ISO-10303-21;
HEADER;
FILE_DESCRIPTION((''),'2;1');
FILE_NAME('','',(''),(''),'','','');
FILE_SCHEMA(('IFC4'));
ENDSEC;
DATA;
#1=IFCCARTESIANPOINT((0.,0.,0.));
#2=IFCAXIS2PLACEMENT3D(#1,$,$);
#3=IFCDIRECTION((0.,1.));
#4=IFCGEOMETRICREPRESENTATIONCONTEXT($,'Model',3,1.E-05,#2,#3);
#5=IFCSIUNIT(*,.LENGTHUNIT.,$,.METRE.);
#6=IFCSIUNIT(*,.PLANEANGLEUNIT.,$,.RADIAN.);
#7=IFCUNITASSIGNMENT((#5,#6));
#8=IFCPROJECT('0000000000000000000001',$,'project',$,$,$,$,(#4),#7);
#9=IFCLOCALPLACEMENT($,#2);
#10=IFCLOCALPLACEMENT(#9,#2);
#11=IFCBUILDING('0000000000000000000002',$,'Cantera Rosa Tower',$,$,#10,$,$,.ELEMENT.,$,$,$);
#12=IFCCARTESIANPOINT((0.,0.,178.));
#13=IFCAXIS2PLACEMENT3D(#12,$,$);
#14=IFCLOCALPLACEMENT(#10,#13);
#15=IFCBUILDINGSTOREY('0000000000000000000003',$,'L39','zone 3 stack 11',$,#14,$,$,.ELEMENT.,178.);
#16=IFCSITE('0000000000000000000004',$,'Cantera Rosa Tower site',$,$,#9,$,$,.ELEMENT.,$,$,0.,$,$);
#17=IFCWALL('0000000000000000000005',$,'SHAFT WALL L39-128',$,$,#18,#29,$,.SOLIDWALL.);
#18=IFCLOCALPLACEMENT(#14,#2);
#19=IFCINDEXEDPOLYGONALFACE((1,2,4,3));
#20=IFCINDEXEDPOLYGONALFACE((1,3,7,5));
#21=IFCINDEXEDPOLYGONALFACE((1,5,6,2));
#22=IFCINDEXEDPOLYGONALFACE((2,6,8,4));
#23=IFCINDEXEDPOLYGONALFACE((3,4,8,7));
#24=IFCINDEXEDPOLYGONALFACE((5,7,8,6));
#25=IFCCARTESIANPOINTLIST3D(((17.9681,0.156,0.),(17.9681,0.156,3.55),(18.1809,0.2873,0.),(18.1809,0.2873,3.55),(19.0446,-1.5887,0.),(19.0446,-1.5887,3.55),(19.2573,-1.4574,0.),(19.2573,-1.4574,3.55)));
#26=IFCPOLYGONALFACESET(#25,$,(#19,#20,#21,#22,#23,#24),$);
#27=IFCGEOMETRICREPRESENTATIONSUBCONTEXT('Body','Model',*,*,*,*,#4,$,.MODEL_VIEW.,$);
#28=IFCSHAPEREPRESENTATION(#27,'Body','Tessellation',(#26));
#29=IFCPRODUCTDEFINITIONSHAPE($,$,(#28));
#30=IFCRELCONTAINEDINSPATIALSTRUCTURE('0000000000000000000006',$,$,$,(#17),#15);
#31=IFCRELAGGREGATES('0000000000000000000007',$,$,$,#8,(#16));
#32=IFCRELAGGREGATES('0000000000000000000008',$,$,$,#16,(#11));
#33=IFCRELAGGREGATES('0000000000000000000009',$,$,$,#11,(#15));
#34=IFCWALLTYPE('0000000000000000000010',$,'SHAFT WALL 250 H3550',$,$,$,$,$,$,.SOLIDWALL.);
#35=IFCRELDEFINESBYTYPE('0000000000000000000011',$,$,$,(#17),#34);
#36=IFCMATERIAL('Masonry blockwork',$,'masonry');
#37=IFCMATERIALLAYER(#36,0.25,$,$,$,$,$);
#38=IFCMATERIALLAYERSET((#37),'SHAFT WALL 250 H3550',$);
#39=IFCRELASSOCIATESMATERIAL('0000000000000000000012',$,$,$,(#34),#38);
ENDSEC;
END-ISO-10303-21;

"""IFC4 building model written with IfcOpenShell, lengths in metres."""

from ifc_helpers import new_model, si_unit, direction, frame, frame_2d, origin, place, context, subcontext, project, spatial, rectangle, extrude, material, layer, layer_set, type_object, element, save


model = new_model("IFC4")

# Units and contexts
model_context = context("Model", 3, precision=1e-05, world=origin(), true_north=direction((0.0, 1.0)))
body_context = subcontext(model_context, "Body", "Model", "MODEL_VIEW")
ifc_project = project(units=[si_unit("LENGTHUNIT", "METRE"), si_unit("PLANEANGLEUNIT", "RADIAN")], contexts=[model_context])

# Site, building, storey
site_placement = place(None, origin())
site = spatial("IfcSite", under=ifc_project, at=site_placement, Name="Cantera Rosa Tower site", CompositionType="ELEMENT", RefElevation=0.0)
building_placement = place(site_placement, origin())
building = spatial("IfcBuilding", under=site, at=building_placement, Name="Cantera Rosa Tower", CompositionType="ELEMENT")
storey_placement = place(building_placement, frame((0.0, 0.0, 178.0)))
storey = spatial("IfcBuildingStorey", under=building, at=storey_placement, Name="L39", Description="zone 3 stack 11", CompositionType="ELEMENT", Elevation=178.0)

# Wall
ifc_material_1 = material(Name="Masonry blockwork", Category="masonry")
ifc_layer_1 = layer(ifc_material_1, 0.25)
ifc_layer_set_1 = layer_set([ifc_layer_1], Name="SHAFT WALL 250 H3550")
wall_type_1 = type_object("IfcWallType", Name="SHAFT WALL 250 H3550", PredefinedType="SOLIDWALL", material=ifc_layer_set_1)
wall_1_placement = place(storey_placement, frame((19.1509, -1.5229, 0.0), z_axis=(0.0, 0.0, 1.0), x_axis=(-0.525087, 0.851048, 0.0)))
element("IfcWall", 1, at=wall_1_placement, inside=storey, type_object=wall_type_1, Name="SHAFT WALL L39-128", PredefinedType="SOLIDWALL", context=body_context, shape_type="SweptSolid", body=[
    extrude(rectangle(XDim=2.05, YDim=0.25, at=frame_2d((1.0249, 0.0))), origin(), (0.0, 0.0, 1.0), 3.55),
])

save(model, "model.ifc")
